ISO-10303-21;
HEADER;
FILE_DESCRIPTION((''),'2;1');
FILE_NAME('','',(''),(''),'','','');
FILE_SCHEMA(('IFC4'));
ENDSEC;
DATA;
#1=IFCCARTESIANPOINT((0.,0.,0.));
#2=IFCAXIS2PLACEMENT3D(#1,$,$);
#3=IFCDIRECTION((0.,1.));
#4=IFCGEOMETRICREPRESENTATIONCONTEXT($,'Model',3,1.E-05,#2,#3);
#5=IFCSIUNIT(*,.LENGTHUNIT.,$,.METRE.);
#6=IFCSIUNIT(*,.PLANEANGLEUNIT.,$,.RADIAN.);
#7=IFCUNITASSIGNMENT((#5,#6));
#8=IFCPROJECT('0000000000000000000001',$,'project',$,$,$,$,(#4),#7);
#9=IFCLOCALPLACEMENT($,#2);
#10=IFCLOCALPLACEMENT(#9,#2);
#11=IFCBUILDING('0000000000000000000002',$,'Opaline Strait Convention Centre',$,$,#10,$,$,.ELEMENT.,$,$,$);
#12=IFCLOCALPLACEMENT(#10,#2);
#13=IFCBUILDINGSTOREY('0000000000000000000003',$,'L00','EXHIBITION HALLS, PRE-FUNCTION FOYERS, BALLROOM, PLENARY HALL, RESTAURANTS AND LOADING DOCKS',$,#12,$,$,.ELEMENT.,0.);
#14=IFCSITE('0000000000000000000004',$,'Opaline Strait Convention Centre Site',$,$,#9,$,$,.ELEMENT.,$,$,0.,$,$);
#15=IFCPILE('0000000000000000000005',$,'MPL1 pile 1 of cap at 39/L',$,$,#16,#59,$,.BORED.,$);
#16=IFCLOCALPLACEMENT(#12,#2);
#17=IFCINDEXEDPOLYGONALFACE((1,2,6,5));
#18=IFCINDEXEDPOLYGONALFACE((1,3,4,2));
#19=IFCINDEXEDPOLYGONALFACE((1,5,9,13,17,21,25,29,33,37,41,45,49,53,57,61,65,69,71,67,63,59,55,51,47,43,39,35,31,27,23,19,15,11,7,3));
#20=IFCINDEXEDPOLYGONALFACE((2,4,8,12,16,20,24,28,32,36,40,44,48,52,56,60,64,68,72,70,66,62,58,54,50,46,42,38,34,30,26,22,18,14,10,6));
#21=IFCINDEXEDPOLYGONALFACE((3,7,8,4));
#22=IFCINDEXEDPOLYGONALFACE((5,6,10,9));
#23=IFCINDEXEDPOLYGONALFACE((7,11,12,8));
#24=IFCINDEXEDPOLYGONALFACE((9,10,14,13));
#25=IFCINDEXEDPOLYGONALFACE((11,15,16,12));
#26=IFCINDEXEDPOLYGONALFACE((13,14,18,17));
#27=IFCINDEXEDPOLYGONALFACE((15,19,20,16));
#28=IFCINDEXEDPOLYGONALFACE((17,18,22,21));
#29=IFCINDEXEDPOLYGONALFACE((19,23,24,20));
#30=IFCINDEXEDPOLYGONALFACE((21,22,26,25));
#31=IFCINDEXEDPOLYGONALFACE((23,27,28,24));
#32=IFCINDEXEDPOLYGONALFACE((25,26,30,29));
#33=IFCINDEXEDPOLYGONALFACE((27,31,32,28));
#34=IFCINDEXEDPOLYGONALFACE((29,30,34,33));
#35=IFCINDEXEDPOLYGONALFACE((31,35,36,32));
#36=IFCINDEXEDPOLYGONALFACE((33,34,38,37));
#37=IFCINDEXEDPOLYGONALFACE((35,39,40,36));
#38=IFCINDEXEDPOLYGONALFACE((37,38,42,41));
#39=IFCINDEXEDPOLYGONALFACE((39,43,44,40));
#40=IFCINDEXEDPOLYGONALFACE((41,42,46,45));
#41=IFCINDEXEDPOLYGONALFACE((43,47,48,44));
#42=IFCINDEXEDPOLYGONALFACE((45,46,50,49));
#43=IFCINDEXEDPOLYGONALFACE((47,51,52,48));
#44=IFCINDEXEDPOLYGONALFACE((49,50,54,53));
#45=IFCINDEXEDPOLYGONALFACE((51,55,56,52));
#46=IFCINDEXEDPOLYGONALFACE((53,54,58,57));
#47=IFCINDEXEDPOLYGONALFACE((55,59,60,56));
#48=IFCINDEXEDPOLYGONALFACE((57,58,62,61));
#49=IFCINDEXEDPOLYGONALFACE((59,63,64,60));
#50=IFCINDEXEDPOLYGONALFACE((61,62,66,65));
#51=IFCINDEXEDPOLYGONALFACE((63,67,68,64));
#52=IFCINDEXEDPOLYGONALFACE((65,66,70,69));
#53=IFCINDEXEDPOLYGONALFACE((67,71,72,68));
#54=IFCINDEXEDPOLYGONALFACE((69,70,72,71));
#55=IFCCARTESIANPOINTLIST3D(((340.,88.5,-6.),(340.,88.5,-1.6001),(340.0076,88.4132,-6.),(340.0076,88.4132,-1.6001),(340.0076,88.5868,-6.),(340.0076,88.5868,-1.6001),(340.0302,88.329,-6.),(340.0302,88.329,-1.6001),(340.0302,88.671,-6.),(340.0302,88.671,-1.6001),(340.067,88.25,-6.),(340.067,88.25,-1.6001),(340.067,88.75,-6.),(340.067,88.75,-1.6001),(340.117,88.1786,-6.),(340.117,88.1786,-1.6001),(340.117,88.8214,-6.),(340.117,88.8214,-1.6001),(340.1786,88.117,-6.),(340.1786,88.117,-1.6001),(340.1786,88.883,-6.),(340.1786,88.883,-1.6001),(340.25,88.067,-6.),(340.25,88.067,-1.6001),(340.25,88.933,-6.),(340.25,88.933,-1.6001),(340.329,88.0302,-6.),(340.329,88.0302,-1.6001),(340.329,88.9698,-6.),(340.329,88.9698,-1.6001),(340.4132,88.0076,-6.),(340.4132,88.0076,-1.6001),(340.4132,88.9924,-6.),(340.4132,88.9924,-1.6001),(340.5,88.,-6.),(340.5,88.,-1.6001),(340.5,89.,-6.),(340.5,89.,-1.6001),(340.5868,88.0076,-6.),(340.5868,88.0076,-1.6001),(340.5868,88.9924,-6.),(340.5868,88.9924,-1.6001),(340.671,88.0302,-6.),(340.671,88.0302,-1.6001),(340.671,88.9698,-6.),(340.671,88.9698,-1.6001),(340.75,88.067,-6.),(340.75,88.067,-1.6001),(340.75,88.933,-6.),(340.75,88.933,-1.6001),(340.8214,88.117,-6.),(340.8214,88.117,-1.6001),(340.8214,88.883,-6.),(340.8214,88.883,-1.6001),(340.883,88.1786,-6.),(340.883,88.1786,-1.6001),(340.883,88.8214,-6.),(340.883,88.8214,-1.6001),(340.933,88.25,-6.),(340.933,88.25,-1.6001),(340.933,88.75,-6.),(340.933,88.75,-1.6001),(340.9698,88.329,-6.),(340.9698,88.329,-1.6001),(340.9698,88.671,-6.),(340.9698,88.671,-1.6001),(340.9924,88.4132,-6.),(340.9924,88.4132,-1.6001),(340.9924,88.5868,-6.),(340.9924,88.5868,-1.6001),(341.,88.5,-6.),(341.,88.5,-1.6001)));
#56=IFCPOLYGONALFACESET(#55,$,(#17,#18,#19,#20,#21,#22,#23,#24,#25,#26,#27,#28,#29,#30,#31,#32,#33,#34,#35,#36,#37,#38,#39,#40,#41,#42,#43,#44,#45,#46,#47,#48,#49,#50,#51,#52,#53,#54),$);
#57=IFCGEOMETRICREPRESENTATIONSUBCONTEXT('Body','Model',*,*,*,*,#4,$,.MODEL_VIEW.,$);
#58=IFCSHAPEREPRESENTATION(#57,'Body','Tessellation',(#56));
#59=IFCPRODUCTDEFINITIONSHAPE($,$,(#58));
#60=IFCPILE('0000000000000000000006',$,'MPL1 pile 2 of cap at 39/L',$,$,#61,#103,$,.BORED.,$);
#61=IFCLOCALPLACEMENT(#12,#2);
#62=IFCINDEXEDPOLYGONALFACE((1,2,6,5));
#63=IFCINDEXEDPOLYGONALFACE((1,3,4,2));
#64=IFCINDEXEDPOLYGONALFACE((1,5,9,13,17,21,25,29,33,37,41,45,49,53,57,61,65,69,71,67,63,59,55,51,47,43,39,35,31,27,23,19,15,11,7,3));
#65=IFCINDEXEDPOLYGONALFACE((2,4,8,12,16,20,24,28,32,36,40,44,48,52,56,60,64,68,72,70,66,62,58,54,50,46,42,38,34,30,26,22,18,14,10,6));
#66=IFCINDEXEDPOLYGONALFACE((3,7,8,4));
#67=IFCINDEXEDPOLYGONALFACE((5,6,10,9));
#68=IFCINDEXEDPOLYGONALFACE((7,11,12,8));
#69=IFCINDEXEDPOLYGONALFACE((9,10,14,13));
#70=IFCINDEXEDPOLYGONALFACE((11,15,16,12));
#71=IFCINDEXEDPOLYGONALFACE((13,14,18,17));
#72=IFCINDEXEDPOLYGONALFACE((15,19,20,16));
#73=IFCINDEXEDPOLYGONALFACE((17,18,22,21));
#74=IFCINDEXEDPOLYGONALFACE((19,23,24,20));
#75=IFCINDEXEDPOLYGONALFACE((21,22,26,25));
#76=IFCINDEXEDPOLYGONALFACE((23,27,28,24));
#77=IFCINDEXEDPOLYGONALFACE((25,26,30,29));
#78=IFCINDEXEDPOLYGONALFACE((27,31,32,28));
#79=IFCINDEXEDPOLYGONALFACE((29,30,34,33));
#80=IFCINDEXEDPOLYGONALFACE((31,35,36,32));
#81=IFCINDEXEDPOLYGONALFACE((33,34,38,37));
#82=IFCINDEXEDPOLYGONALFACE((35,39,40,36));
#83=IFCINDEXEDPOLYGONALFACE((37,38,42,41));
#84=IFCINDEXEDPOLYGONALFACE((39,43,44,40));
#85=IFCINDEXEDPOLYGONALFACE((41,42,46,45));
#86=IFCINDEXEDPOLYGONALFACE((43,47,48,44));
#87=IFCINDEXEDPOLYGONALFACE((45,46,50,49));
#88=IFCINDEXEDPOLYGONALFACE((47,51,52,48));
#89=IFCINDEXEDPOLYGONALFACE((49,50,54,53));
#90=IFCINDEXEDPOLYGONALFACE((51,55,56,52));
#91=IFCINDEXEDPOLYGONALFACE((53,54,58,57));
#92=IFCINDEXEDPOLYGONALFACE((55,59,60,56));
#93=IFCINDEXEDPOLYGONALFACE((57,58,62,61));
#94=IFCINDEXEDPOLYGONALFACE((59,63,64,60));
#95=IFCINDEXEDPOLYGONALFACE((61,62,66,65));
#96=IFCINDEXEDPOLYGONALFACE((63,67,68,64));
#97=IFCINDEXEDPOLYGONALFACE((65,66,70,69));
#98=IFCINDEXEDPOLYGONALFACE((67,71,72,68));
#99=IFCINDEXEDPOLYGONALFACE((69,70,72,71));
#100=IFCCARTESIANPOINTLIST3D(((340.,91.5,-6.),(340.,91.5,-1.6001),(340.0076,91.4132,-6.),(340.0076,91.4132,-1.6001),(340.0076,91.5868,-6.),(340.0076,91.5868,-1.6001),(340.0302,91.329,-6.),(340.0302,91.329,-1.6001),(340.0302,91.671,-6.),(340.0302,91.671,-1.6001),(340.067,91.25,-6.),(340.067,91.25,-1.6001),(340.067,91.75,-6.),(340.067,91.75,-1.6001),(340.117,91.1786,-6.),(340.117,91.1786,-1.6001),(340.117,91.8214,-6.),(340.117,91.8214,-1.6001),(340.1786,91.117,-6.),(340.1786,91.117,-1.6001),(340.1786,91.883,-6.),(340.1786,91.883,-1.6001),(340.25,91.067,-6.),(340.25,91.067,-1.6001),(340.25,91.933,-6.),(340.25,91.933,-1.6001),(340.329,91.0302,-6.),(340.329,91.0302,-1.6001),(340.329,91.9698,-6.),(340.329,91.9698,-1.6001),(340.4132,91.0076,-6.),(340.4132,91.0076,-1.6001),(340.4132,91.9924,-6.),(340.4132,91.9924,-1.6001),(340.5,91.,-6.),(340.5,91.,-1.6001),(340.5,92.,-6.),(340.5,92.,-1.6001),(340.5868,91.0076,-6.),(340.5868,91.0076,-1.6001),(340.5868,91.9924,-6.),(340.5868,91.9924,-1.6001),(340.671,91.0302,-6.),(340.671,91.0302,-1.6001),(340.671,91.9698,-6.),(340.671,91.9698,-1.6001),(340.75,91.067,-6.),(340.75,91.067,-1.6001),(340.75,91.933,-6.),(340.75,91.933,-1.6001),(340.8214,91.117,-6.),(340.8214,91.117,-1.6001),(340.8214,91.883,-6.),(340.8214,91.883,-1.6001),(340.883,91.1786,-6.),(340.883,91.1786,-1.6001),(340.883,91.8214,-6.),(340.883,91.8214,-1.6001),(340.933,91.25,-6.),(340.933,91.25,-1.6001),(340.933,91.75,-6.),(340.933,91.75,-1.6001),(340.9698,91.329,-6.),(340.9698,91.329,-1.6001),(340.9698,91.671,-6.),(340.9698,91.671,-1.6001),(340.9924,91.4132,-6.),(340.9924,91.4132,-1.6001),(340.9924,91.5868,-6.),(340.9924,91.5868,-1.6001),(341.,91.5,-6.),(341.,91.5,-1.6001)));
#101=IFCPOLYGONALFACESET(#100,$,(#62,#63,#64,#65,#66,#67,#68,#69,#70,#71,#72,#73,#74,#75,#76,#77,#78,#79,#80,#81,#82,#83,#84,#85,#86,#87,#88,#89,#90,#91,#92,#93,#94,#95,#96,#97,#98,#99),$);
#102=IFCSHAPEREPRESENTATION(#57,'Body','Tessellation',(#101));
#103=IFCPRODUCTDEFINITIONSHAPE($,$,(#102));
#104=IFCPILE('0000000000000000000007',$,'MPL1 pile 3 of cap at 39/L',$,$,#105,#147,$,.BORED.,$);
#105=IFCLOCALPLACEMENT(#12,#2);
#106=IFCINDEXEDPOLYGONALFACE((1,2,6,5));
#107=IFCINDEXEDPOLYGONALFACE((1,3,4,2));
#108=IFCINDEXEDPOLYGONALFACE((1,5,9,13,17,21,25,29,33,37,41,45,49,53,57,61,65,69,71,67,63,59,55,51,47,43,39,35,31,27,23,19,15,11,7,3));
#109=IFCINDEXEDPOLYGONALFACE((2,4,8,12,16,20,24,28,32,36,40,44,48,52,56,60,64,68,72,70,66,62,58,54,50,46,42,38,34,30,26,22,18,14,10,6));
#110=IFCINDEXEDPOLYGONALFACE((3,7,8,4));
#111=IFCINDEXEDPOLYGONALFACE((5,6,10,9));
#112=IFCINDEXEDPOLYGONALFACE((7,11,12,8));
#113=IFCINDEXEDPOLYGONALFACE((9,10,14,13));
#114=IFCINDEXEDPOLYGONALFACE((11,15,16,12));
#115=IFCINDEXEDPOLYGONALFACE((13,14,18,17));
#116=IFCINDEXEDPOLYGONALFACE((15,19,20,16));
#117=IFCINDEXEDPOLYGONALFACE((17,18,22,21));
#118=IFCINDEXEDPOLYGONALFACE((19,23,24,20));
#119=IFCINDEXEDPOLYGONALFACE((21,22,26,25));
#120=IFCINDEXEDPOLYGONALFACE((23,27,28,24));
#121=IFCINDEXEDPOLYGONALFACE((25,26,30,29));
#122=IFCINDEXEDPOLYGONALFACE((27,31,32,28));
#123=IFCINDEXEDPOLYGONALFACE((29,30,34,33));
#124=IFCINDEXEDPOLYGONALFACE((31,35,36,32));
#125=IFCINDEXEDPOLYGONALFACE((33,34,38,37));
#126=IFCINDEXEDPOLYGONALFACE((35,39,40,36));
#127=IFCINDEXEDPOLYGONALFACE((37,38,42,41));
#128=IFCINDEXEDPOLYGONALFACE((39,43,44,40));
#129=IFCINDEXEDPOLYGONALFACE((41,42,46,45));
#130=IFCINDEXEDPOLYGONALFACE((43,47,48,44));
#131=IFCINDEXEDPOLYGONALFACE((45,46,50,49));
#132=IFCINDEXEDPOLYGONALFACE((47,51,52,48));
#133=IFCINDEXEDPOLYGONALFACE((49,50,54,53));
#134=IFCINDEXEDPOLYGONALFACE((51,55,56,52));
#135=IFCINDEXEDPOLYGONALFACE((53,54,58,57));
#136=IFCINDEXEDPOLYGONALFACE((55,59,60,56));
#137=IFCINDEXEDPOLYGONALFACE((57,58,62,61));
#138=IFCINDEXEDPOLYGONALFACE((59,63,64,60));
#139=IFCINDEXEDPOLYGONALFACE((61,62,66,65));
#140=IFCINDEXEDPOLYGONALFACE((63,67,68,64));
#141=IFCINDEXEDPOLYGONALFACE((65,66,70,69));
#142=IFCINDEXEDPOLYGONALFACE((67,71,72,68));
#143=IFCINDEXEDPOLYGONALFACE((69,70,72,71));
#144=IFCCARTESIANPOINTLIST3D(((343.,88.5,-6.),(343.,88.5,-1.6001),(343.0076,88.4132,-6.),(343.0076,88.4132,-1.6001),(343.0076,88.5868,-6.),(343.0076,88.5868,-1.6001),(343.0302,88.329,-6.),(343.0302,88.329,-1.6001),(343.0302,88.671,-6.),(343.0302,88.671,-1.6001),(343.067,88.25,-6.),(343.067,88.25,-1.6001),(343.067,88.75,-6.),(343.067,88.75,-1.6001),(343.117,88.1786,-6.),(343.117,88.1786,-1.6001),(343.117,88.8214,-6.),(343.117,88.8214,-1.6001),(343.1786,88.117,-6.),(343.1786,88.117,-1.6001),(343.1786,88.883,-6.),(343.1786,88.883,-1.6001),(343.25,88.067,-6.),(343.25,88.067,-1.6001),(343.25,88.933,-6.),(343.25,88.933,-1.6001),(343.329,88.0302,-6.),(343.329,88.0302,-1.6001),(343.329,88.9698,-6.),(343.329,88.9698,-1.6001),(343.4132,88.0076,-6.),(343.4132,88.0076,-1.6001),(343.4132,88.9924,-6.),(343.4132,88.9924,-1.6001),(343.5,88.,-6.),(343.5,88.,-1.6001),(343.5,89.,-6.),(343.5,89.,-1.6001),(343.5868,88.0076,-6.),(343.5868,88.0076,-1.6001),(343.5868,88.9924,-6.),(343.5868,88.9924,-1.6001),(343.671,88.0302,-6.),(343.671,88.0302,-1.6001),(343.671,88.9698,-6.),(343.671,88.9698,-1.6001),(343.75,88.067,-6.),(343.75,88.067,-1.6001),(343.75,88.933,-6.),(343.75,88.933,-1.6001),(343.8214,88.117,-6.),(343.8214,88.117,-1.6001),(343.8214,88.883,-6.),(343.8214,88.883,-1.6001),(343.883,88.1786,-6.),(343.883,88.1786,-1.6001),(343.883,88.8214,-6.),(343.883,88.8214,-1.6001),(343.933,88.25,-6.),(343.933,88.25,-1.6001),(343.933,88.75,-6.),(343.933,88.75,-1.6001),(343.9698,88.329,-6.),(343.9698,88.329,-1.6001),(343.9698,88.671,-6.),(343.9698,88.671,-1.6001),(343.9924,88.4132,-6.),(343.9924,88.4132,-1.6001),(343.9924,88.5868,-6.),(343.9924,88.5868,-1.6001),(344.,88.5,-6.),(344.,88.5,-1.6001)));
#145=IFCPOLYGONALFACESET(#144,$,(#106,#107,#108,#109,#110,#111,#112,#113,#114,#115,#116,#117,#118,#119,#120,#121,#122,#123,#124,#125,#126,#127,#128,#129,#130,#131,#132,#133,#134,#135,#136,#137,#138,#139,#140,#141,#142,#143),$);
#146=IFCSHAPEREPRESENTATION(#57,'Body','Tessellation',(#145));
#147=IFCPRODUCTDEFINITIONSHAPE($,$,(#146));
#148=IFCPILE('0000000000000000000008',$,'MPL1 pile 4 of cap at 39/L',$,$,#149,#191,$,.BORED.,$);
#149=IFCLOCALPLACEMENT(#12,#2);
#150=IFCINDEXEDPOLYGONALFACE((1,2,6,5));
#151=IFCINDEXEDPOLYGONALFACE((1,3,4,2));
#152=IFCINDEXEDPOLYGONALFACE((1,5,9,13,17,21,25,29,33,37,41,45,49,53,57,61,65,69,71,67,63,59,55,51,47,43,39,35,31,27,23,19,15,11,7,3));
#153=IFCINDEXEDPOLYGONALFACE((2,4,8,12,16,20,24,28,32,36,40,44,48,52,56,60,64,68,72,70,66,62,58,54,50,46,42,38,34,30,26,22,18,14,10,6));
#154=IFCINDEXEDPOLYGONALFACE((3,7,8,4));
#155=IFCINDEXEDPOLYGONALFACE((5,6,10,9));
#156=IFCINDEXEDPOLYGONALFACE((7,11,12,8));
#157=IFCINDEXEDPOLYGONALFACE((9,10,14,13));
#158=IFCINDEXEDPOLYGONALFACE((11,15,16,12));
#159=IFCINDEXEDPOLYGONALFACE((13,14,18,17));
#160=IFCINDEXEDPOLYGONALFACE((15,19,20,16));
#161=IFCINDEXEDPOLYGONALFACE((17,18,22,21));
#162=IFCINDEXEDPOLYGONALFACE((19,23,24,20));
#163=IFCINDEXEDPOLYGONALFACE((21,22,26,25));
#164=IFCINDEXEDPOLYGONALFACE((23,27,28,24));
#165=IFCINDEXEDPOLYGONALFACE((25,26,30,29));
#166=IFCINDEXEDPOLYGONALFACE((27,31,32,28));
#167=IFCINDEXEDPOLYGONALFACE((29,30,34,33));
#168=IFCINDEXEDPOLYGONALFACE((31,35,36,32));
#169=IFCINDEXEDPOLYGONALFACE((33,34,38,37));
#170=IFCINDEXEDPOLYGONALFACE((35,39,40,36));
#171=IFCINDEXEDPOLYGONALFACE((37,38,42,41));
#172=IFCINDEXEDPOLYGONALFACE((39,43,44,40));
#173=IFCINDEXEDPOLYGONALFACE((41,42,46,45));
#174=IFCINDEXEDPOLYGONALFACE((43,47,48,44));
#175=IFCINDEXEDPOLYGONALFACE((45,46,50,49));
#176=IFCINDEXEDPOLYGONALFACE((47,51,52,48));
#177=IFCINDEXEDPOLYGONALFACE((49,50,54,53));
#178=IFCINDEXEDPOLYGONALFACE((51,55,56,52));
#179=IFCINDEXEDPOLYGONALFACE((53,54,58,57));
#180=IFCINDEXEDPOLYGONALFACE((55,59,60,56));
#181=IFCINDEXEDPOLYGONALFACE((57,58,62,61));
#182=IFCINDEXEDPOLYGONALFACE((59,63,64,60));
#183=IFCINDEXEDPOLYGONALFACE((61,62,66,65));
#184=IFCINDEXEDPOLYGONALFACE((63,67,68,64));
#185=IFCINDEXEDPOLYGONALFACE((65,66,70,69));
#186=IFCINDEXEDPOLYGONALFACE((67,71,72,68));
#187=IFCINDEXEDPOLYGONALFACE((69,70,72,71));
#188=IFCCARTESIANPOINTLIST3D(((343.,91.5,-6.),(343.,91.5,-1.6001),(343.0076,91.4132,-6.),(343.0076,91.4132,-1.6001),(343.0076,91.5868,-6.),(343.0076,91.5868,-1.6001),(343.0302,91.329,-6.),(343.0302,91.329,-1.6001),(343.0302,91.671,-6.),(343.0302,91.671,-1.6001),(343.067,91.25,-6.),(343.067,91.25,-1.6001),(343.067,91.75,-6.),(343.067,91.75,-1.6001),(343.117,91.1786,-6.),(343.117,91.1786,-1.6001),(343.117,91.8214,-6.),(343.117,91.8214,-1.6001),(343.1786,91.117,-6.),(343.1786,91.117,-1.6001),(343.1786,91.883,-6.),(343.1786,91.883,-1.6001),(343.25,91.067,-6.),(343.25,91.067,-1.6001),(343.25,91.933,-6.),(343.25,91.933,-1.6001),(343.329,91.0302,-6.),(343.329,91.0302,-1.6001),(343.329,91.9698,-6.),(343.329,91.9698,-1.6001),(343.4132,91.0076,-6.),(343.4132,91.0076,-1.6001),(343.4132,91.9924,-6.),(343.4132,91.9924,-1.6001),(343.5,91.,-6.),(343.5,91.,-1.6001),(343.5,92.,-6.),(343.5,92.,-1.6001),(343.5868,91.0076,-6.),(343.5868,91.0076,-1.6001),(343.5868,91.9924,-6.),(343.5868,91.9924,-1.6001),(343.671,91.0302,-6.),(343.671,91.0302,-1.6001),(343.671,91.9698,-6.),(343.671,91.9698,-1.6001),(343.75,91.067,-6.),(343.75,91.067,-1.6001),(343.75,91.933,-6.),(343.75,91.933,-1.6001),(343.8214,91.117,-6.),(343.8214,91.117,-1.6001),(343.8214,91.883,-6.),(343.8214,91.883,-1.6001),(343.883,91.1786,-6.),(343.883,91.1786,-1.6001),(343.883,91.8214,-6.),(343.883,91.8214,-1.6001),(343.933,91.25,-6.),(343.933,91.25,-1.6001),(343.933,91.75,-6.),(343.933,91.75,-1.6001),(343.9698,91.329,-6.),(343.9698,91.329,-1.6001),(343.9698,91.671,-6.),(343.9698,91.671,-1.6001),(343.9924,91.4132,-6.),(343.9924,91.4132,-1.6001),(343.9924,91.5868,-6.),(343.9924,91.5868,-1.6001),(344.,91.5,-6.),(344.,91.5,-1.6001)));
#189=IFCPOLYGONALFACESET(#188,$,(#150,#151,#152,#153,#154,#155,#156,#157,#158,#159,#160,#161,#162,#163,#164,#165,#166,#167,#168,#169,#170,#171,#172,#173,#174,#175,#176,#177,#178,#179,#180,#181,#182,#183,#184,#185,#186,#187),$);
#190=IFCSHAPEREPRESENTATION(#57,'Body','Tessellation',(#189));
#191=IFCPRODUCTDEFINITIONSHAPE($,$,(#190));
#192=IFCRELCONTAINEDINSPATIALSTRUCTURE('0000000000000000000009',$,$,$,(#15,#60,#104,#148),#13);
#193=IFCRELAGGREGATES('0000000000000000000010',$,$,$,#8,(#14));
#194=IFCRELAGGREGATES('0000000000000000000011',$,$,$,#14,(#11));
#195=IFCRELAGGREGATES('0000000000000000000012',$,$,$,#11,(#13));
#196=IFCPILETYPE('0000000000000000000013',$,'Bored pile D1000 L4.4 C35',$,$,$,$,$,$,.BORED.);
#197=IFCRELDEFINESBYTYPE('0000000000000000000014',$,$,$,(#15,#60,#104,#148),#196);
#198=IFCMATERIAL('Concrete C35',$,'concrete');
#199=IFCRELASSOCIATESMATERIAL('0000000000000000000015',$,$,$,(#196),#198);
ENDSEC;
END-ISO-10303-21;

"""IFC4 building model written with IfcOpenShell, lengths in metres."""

from ifc_helpers import new_model, si_unit, direction, frame, origin, origin_2d, place, context, subcontext, project, spatial, circle, extrude, material, material_profile, profile_set, type_object, element, save


model = new_model("IFC4")

# Units and contexts
model_context = context("Model", 3, precision=1e-05, world=origin(), true_north=direction((0.0, 1.0)))
body_context = subcontext(model_context, "Body", "Model", "MODEL_VIEW")
ifc_project = project(units=[si_unit("LENGTHUNIT", "METRE"), si_unit("PLANEANGLEUNIT", "RADIAN")], contexts=[model_context])

# Site, building, storey
site_placement = place(None, origin())
site = spatial("IfcSite", under=ifc_project, at=site_placement, Name="Opaline Strait Convention Centre Site", CompositionType="ELEMENT", RefElevation=0.0)
building_placement = place(site_placement, origin())
building = spatial("IfcBuilding", under=site, at=building_placement, Name="Opaline Strait Convention Centre", CompositionType="ELEMENT")
storey_placement = place(building_placement, origin())
storey = spatial("IfcBuildingStorey", under=building, at=storey_placement, Name="L00", Description="EXHIBITION HALLS, PRE-FUNCTION FOYERS, BALLROOM, PLENARY HALL, RESTAURANTS AND LOADING DOCKS", CompositionType="ELEMENT", Elevation=0.0)

# Piles
ifc_material_1 = material(Name="Concrete C35", Category="concrete")
ifc_material_profile_1 = material_profile(ifc_material_1, circle(Radius=0.5, at=origin_2d()), Name="D1000")
ifc_profile_set_1 = profile_set([ifc_material_profile_1], Name="Concrete C35")
pile_type_1 = type_object("IfcPileType", Name="Bored pile D1000 L4.4 C35", PredefinedType="BORED", material=ifc_profile_set_1)
for number, where, z_axis, x_axis, name in (
    (1, (340.5, 88.5, -1.6001), (0.0, 0.0, -1.0), (1.0, 0.0, 0.0), "MPL1 pile 1 of cap at 39/L"),
    (2, (340.5, 91.5, -1.6001), (0.0, 0.0, -1.0), (1.0, 0.0, 0.0), "MPL1 pile 2 of cap at 39/L"),
    (3, (343.5, 88.5, -1.6001), (0.0, 0.0, -1.0), (1.0, 0.0, 0.0), "MPL1 pile 3 of cap at 39/L"),
    (4, (343.5, 91.5, -1.6001), (0.0, 0.0, -1.0), (1.0, 0.0, 0.0), "MPL1 pile 4 of cap at 39/L"),
):
    element("IfcPile", number, at=place(storey_placement, frame(where, z_axis=z_axis, x_axis=x_axis)), inside=storey, type_object=pile_type_1, Name=name, PredefinedType="BORED", context=body_context, shape_type="SweptSolid", body=[
        extrude(circle(Radius=0.5, at=origin_2d()), origin(), (0.0, 0.0, 1.0), 4.3999),
    ])

save(model, "model.ifc")
